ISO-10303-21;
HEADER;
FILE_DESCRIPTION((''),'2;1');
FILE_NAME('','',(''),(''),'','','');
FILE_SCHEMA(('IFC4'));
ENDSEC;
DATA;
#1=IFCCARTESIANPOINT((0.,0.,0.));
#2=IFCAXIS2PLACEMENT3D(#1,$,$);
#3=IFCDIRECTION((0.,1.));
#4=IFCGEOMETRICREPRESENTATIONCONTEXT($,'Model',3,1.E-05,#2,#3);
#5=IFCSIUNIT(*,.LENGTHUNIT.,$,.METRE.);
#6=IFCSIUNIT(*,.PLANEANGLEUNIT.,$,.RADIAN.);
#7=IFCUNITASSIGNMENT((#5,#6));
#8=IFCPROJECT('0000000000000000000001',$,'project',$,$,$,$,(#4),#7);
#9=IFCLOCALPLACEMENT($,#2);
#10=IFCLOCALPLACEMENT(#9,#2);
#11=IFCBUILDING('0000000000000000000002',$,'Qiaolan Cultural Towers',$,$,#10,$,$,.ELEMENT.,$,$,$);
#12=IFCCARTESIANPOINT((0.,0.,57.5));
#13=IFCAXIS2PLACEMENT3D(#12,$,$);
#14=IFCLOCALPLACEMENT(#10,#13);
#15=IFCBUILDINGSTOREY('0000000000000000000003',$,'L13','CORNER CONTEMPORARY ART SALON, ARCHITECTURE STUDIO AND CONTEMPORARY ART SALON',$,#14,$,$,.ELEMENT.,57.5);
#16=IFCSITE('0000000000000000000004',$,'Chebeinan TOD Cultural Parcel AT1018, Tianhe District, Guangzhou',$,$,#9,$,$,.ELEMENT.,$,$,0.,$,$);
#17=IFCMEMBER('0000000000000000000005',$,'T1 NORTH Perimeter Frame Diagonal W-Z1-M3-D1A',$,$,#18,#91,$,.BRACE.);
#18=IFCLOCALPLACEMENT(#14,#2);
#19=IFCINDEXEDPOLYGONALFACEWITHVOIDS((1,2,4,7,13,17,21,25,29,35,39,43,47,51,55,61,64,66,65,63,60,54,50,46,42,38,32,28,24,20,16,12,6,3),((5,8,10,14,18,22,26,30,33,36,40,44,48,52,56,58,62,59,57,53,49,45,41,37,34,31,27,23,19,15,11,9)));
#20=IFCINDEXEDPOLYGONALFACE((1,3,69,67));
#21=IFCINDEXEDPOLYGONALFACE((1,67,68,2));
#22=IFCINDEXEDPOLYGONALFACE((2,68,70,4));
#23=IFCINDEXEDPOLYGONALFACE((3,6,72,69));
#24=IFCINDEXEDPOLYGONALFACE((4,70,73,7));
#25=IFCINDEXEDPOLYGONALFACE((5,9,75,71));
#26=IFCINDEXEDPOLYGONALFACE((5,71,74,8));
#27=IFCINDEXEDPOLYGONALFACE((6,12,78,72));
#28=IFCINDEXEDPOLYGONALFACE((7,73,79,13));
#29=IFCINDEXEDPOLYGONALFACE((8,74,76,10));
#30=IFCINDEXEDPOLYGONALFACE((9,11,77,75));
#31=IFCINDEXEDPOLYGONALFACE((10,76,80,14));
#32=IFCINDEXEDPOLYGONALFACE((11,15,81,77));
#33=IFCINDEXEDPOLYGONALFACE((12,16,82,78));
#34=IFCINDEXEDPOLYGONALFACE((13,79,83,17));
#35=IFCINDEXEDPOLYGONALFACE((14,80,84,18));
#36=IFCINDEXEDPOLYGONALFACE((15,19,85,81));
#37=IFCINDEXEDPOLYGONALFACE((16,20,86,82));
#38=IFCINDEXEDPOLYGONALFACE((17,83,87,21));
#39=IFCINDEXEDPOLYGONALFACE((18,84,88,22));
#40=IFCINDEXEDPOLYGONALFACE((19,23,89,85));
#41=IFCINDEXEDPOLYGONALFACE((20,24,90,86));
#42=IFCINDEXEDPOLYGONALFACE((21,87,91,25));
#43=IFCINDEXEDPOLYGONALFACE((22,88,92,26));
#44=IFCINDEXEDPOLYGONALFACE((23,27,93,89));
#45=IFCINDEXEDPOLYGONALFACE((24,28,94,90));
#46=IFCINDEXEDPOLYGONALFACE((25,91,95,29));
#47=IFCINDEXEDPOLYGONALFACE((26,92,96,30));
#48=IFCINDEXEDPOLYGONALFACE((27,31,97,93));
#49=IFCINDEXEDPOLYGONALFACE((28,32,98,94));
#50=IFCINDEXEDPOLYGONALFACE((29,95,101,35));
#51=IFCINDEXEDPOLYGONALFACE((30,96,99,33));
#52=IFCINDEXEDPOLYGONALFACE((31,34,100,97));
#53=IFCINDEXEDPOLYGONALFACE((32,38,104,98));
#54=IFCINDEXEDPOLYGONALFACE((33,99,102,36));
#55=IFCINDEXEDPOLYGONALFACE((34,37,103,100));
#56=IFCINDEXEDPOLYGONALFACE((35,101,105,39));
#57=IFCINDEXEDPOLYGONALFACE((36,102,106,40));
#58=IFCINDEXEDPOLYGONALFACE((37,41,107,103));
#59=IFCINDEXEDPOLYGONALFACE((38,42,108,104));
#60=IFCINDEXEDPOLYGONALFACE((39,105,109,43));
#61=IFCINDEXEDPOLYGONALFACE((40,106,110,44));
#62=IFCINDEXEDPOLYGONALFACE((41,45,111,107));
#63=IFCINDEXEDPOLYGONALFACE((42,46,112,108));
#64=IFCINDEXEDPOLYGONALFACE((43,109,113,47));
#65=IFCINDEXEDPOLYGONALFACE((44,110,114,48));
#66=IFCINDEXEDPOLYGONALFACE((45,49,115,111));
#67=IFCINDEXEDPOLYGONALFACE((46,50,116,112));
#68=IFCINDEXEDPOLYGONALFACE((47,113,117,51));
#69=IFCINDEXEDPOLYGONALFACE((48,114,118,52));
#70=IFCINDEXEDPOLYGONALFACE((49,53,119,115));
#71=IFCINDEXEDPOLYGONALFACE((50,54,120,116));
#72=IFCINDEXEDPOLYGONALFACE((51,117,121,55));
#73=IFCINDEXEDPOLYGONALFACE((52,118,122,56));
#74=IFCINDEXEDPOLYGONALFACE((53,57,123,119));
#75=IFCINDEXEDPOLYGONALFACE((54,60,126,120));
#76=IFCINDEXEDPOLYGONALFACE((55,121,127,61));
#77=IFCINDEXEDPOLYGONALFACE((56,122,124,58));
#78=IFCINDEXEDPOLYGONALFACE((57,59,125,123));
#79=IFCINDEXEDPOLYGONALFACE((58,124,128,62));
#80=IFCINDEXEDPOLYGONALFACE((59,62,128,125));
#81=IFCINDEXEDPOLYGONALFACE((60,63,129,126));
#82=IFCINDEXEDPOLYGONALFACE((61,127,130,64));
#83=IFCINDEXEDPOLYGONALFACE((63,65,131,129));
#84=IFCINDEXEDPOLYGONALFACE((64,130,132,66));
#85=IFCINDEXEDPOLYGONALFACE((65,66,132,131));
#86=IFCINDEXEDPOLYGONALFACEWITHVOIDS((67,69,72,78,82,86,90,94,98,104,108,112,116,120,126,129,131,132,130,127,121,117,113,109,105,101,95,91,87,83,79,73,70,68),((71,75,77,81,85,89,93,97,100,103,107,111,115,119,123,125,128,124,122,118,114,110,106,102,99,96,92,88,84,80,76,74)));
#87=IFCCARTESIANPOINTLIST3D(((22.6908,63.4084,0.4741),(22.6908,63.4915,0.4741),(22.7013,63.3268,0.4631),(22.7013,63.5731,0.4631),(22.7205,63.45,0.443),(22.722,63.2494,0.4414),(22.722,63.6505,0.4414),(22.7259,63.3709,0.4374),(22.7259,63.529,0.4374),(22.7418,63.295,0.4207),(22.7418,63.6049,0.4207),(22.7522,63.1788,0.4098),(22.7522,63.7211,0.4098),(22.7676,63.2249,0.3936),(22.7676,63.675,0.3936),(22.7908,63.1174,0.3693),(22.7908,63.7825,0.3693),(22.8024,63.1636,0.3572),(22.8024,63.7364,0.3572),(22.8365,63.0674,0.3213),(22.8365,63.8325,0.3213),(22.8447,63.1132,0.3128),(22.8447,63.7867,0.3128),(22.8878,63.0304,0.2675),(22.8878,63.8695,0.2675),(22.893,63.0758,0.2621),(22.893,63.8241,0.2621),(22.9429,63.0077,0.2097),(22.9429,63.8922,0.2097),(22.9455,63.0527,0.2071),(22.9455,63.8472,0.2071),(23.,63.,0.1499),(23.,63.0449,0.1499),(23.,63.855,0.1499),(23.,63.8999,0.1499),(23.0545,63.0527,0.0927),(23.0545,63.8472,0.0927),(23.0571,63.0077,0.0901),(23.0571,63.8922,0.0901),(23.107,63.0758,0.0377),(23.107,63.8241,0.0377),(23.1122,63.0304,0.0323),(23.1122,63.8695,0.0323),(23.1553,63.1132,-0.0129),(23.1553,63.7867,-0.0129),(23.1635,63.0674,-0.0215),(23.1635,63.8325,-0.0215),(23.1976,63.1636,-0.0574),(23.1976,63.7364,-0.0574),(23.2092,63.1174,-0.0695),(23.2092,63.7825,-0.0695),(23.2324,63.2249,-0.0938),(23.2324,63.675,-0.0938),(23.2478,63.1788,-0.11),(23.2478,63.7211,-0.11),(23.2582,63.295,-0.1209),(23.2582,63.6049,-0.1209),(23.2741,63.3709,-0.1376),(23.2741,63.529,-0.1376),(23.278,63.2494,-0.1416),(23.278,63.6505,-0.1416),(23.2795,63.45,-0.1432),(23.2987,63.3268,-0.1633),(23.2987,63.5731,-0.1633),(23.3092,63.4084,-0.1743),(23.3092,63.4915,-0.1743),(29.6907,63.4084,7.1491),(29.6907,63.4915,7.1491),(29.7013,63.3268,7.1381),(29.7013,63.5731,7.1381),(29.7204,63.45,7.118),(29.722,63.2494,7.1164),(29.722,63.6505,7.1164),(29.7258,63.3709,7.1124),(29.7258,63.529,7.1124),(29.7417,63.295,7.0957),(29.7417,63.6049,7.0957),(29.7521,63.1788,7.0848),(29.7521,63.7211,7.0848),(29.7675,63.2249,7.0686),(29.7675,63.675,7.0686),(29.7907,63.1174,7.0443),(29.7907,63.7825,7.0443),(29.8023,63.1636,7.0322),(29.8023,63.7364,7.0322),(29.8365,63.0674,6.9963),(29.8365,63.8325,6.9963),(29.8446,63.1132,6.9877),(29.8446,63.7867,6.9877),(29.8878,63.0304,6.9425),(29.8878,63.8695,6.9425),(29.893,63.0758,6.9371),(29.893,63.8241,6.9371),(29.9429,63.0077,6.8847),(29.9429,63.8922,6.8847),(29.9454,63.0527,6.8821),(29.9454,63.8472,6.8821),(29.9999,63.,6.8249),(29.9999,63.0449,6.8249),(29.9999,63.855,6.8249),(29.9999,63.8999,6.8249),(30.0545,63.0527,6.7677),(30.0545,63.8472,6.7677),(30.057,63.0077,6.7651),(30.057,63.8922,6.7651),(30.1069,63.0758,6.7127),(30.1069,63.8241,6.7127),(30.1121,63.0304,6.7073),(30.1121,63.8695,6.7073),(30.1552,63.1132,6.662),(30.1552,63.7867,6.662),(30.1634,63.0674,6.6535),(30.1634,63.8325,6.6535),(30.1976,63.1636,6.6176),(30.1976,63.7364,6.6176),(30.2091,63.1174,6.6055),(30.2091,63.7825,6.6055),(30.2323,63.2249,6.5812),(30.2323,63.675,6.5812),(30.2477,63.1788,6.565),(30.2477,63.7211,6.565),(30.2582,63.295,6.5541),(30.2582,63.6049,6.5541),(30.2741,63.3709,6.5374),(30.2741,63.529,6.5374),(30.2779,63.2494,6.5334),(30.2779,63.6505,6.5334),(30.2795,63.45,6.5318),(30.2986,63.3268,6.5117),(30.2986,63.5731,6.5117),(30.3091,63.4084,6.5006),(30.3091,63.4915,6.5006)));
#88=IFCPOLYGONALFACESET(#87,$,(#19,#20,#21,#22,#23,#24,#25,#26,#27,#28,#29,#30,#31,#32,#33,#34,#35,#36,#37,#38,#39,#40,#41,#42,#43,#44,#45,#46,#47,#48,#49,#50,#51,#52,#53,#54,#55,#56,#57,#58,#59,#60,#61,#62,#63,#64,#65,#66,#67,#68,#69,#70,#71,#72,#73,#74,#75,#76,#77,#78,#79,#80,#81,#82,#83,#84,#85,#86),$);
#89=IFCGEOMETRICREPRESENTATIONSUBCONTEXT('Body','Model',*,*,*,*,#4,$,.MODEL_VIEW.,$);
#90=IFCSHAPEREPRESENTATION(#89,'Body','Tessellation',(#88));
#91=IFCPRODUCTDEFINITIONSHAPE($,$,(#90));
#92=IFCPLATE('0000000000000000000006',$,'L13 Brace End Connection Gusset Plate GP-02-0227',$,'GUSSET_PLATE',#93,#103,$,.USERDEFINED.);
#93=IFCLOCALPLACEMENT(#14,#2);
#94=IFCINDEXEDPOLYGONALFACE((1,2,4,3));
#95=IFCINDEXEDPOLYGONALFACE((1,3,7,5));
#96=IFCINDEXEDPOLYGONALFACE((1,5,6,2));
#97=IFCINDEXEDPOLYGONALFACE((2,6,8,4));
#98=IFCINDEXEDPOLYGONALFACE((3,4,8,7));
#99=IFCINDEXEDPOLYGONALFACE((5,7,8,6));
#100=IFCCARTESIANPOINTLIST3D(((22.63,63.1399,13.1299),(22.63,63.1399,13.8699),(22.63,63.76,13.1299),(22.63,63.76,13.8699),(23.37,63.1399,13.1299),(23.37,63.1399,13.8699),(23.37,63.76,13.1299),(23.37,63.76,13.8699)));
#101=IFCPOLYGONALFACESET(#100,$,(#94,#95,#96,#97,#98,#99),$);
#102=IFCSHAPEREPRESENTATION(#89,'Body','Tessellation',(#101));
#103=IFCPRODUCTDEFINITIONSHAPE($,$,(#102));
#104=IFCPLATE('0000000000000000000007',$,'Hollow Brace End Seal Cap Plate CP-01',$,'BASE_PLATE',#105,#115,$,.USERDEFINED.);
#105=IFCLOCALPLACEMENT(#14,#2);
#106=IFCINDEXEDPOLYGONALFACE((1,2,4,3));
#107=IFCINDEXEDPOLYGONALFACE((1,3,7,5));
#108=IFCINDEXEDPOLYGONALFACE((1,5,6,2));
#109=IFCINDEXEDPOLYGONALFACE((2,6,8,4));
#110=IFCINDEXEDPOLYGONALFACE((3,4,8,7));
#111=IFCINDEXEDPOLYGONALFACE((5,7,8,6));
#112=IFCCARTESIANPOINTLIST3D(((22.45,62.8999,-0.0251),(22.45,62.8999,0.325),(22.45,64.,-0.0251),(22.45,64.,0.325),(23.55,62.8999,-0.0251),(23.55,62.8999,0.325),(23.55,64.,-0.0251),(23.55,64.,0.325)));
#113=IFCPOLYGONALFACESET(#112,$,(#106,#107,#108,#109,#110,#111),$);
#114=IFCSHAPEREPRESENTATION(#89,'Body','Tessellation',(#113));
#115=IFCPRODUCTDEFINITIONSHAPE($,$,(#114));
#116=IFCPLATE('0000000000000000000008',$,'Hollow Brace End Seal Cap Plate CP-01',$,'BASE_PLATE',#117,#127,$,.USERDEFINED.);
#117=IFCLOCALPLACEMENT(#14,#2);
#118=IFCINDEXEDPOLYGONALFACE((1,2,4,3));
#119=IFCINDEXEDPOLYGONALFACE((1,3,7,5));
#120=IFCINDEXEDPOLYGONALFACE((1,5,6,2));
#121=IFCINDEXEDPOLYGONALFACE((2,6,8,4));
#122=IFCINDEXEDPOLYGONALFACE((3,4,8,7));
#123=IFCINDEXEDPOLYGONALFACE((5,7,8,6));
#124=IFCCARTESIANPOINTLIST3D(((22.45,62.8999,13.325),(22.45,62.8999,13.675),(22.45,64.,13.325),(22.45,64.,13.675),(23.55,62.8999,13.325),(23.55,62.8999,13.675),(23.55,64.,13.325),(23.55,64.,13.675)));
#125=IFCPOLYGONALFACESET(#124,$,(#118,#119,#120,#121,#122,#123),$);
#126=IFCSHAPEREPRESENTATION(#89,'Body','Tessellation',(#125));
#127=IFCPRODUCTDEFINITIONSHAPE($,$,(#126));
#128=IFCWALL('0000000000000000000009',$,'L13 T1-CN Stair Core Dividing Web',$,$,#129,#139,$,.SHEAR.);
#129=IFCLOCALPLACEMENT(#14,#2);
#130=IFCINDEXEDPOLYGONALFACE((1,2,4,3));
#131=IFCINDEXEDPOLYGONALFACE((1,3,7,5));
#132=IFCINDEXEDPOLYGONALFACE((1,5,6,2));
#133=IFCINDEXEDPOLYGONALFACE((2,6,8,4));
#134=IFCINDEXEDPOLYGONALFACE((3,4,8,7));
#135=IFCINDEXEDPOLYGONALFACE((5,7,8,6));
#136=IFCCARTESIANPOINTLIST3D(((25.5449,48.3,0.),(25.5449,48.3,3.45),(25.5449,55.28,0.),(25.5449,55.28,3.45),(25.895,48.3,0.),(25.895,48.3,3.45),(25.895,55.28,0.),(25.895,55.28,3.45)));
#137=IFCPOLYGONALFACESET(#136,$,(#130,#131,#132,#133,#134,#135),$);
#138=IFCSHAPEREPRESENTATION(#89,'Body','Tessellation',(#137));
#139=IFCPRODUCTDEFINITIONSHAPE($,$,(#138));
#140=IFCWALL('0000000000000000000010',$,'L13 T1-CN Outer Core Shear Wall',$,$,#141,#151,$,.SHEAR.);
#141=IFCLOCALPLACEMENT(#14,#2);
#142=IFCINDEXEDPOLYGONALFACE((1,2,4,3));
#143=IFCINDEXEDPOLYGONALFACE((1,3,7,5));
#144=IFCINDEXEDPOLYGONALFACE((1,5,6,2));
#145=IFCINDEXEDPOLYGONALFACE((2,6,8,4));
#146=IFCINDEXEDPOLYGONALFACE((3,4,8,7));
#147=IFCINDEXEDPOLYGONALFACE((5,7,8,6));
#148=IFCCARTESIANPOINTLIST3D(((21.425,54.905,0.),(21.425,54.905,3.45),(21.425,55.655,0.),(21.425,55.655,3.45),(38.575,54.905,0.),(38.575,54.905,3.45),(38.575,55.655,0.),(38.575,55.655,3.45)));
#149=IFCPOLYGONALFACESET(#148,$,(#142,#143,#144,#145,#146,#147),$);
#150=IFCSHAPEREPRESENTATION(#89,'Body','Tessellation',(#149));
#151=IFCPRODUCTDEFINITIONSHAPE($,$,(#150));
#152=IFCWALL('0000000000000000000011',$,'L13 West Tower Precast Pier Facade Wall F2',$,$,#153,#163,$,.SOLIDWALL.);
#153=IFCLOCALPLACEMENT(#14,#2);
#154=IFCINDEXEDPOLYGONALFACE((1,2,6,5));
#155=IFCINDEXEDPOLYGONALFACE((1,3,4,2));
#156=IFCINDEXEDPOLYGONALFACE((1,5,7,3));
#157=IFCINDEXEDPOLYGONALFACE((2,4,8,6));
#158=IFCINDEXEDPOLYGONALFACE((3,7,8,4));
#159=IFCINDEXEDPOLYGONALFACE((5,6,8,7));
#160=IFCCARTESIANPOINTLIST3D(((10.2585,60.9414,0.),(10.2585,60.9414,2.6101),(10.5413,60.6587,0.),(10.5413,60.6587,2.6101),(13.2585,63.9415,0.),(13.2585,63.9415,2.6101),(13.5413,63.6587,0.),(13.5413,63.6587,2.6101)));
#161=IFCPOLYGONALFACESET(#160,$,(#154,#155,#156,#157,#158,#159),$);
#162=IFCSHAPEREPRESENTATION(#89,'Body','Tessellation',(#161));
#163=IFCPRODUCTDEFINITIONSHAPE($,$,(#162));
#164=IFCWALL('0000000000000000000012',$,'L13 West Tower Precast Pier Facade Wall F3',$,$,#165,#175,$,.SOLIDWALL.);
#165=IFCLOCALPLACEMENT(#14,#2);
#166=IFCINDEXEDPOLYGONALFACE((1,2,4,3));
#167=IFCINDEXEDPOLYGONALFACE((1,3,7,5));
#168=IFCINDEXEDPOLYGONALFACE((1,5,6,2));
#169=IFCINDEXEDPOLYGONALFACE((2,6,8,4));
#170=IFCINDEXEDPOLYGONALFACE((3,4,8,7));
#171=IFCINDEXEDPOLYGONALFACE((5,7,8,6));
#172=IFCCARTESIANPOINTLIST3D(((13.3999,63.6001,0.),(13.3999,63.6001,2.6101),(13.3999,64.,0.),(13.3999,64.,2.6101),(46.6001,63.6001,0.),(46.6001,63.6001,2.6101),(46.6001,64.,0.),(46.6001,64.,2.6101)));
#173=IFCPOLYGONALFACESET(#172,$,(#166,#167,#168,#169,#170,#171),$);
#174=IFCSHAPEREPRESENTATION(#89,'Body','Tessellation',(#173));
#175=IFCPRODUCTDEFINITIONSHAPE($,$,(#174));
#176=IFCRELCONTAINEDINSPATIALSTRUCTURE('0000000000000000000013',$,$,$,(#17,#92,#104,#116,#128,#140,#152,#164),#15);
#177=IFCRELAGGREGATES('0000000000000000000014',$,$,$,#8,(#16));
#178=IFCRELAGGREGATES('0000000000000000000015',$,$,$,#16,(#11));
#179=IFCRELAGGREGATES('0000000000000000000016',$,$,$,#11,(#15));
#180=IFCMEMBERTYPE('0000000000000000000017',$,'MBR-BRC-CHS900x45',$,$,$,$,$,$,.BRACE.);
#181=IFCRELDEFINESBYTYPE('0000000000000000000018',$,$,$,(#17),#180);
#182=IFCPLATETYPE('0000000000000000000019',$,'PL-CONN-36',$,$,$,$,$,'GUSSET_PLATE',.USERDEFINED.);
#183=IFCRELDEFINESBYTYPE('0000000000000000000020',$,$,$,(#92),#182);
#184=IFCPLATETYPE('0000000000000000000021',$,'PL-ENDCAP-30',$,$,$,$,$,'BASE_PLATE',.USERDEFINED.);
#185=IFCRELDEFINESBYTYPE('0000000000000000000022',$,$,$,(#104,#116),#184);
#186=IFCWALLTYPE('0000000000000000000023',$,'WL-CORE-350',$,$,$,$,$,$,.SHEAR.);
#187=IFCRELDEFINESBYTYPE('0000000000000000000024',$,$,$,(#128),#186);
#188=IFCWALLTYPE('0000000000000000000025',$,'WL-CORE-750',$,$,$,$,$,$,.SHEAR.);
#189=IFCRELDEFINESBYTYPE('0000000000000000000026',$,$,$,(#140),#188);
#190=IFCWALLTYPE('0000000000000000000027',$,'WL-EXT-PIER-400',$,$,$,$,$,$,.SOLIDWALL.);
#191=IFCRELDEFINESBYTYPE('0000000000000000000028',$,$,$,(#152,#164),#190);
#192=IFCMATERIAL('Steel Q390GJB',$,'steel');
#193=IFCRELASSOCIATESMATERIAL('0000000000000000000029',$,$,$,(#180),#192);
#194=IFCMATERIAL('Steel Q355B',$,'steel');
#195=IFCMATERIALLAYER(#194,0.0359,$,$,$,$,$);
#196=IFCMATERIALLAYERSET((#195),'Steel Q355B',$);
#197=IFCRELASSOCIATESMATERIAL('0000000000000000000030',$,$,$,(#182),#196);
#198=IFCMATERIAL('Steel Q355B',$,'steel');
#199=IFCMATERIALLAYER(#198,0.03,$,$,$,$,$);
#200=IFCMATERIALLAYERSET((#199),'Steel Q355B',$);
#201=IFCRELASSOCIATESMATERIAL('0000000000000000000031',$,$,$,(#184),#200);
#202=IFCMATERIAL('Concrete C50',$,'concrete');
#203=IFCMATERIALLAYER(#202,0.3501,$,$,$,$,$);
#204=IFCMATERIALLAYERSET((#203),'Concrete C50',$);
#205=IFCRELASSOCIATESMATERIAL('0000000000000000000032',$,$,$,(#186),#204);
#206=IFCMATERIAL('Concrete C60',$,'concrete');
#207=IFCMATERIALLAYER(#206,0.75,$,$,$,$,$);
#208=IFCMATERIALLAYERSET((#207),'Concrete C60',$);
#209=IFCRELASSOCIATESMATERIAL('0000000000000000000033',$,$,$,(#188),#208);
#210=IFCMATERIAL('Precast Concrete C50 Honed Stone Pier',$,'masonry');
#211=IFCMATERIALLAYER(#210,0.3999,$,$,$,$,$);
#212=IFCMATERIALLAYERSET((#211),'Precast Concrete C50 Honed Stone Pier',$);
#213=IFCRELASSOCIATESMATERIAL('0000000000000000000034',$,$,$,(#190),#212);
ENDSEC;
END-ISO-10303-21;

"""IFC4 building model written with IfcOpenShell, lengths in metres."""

from ifc_helpers import new_model, si_unit, direction, frame, frame_2d, origin, origin_2d, place, context, subcontext, project, spatial, rectangle, hollow_circle, extrude, material, layer, layer_set, material_profile, profile_set, type_object, element, save


model = new_model("IFC4")

# Units and contexts
model_context = context("Model", 3, precision=1e-05, world=origin(), true_north=direction((0.0, 1.0)))
body_context = subcontext(model_context, "Body", "Model", "MODEL_VIEW")
ifc_project = project(units=[si_unit("LENGTHUNIT", "METRE"), si_unit("PLANEANGLEUNIT", "RADIAN")], contexts=[model_context])

# Site, building, storey
site_placement = place(None, origin())
site = spatial("IfcSite", under=ifc_project, at=site_placement, Name="Chebeinan TOD Cultural Parcel AT1018, Tianhe District, Guangzhou", CompositionType="ELEMENT", RefElevation=0.0)
building_placement = place(site_placement, origin())
building = spatial("IfcBuilding", under=site, at=building_placement, Name="Qiaolan Cultural Towers", CompositionType="ELEMENT")
storey_placement = place(building_placement, frame((0.0, 0.0, 57.5)))
storey = spatial("IfcBuildingStorey", under=building, at=storey_placement, Name="L13", Description="CORNER CONTEMPORARY ART SALON, ARCHITECTURE STUDIO AND CONTEMPORARY ART SALON", CompositionType="ELEMENT", Elevation=57.5)

# Member
ifc_material_1 = material(Name="Steel Q390GJB", Category="steel")
ifc_material_profile_1 = material_profile(ifc_material_1, hollow_circle(Radius=0.45, WallThickness=0.0449, at=origin_2d()), Name="CHS900x45")
ifc_profile_set_1 = profile_set([ifc_material_profile_1], Name="Steel Q390GJB")
member_type = type_object("IfcMemberType", Name="MBR-BRC-CHS900x45", PredefinedType="BRACE", material=ifc_profile_set_1)
member_placement = place(storey_placement, frame((23.0, 63.45, 0.1499), z_axis=(0.723705, 0.0, 0.690109), x_axis=(0.0, 1.0, 0.0)))
element("IfcMember", 1, at=member_placement, inside=storey, type_object=member_type, Name="T1 NORTH Perimeter Frame Diagonal W-Z1-M3-D1A", PredefinedType="BRACE", context=body_context, shape_type="SweptSolid", body=[
    extrude(hollow_circle(Radius=0.45, WallThickness=0.0449, at=origin_2d()), origin(), (0.0, 0.0, 1.0), 9.6724),
])

# Plates
ifc_material_2 = material(Name="Steel Q355B", Category="steel")
ifc_layer_1 = layer(ifc_material_2, 0.0359)
ifc_layer_set_1 = layer_set([ifc_layer_1], Name="Steel Q355B")
plate_type_1 = type_object("IfcPlateType", Name="PL-CONN-36", ElementType="GUSSET_PLATE", PredefinedType="USERDEFINED", material=ifc_layer_set_1)
plate_placement = place(storey_placement, frame((23.0, 63.45, 13.1299), z_axis=(0.0, 0.0, 1.0), x_axis=(1.0, 0.0, 0.0)))
element("IfcPlate", 2, at=plate_placement, inside=storey, type_object=plate_type_1, Name="L13 Brace End Connection Gusset Plate GP-02-0227", ObjectType="GUSSET_PLATE", PredefinedType="USERDEFINED", context=body_context, shape_type="SweptSolid", body=[
    extrude(rectangle(XDim=0.74, YDim=0.6201, at=origin_2d()), origin(), (0.0, 0.0, 1.0), 0.74),
])
ifc_material_3 = material(Name="Steel Q355B", Category="steel")
ifc_layer_2 = layer(ifc_material_3, 0.03)
ifc_layer_set_2 = layer_set([ifc_layer_2], Name="Steel Q355B")
plate_type_2 = type_object("IfcPlateType", Name="PL-ENDCAP-30", ElementType="BASE_PLATE", PredefinedType="USERDEFINED", material=ifc_layer_set_2)
for number, where, z_axis, x_axis, name in (
    (3, (23.0, 63.45, -0.0251), (0.0, 0.0, 1.0), (1.0, 0.0, 0.0), "Hollow Brace End Seal Cap Plate CP-01"),
    (4, (23.0, 63.45, 13.325), (0.0, 0.0, 1.0), (1.0, 0.0, 0.0), "Hollow Brace End Seal Cap Plate CP-01"),
):
    element("IfcPlate", number, at=place(storey_placement, frame(where, z_axis=z_axis, x_axis=x_axis)), inside=storey, type_object=plate_type_2, Name=name, ObjectType="BASE_PLATE", PredefinedType="USERDEFINED", context=body_context, shape_type="SweptSolid", body=[
        extrude(rectangle(XDim=1.1001, YDim=1.1001, at=origin_2d()), origin(), (0.0, 0.0, 1.0), 0.3501),
    ])

# Walls
ifc_material_4 = material(Name="Concrete C50", Category="concrete")
ifc_layer_3 = layer(ifc_material_4, 0.3501)
ifc_layer_set_3 = layer_set([ifc_layer_3], Name="Concrete C50")
wall_type_1 = type_object("IfcWallType", Name="WL-CORE-350", PredefinedType="SHEAR", material=ifc_layer_set_3)
wall_1_placement = place(storey_placement, frame((25.72, 48.3, 0.0), z_axis=(0.0, 0.0, 1.0), x_axis=(0.0, 1.0, 0.0)))
element("IfcWall", 5, at=wall_1_placement, inside=storey, type_object=wall_type_1, Name="L13 T1-CN Stair Core Dividing Web", PredefinedType="SHEAR", context=body_context, shape_type="SweptSolid", body=[
    extrude(rectangle(XDim=6.98, YDim=0.3501, at=frame_2d((3.49, 0.0))), origin(), (0.0, 0.0, 1.0), 3.45),
])
ifc_material_5 = material(Name="Concrete C60", Category="concrete")
ifc_layer_4 = layer(ifc_material_5, 0.75)
ifc_layer_set_4 = layer_set([ifc_layer_4], Name="Concrete C60")
wall_type_2 = type_object("IfcWallType", Name="WL-CORE-750", PredefinedType="SHEAR", material=ifc_layer_set_4)
wall_2_placement = place(storey_placement, frame((21.425, 55.28, 0.0), z_axis=(0.0, 0.0, 1.0), x_axis=(1.0, 0.0, 0.0)))
element("IfcWall", 6, at=wall_2_placement, inside=storey, type_object=wall_type_2, Name="L13 T1-CN Outer Core Shear Wall", PredefinedType="SHEAR", context=body_context, shape_type="SweptSolid", body=[
    extrude(rectangle(XDim=17.1499, YDim=0.75, at=frame_2d((8.575, 0.0))), origin(), (0.0, 0.0, 1.0), 3.45),
])
ifc_material_6 = material(Name="Precast Concrete C50 Honed Stone Pier", Category="masonry")
ifc_layer_5 = layer(ifc_material_6, 0.3999)
ifc_layer_set_5 = layer_set([ifc_layer_5], Name="Precast Concrete C50 Honed Stone Pier")
wall_type_3 = type_object("IfcWallType", Name="WL-EXT-PIER-400", PredefinedType="SOLIDWALL", material=ifc_layer_set_5)
wall_3_placement = place(storey_placement, frame((10.3999, 60.8, 0.0), z_axis=(0.0, 0.0, 1.0), x_axis=(0.707107, 0.707107, 0.0)))
element("IfcWall", 7, at=wall_3_placement, inside=storey, type_object=wall_type_3, Name="L13 West Tower Precast Pier Facade Wall F2", PredefinedType="SOLIDWALL", context=body_context, shape_type="SweptSolid", body=[
    extrude(rectangle(XDim=4.2427, YDim=0.3999, at=frame_2d((2.1213, 0.0))), origin(), (0.0, 0.0, 1.0), 2.6101),
])
wall_4_placement = place(storey_placement, frame((13.3999, 63.8, 0.0), z_axis=(0.0, 0.0, 1.0), x_axis=(1.0, 0.0, 0.0)))
element("IfcWall", 8, at=wall_4_placement, inside=storey, type_object=wall_type_3, Name="L13 West Tower Precast Pier Facade Wall F3", PredefinedType="SOLIDWALL", context=body_context, shape_type="SweptSolid", body=[
    extrude(rectangle(XDim=33.2002, YDim=0.3999, at=frame_2d((16.6001, 0.0))), origin(), (0.0, 0.0, 1.0), 2.6101),
])

save(model, "model.ifc")
